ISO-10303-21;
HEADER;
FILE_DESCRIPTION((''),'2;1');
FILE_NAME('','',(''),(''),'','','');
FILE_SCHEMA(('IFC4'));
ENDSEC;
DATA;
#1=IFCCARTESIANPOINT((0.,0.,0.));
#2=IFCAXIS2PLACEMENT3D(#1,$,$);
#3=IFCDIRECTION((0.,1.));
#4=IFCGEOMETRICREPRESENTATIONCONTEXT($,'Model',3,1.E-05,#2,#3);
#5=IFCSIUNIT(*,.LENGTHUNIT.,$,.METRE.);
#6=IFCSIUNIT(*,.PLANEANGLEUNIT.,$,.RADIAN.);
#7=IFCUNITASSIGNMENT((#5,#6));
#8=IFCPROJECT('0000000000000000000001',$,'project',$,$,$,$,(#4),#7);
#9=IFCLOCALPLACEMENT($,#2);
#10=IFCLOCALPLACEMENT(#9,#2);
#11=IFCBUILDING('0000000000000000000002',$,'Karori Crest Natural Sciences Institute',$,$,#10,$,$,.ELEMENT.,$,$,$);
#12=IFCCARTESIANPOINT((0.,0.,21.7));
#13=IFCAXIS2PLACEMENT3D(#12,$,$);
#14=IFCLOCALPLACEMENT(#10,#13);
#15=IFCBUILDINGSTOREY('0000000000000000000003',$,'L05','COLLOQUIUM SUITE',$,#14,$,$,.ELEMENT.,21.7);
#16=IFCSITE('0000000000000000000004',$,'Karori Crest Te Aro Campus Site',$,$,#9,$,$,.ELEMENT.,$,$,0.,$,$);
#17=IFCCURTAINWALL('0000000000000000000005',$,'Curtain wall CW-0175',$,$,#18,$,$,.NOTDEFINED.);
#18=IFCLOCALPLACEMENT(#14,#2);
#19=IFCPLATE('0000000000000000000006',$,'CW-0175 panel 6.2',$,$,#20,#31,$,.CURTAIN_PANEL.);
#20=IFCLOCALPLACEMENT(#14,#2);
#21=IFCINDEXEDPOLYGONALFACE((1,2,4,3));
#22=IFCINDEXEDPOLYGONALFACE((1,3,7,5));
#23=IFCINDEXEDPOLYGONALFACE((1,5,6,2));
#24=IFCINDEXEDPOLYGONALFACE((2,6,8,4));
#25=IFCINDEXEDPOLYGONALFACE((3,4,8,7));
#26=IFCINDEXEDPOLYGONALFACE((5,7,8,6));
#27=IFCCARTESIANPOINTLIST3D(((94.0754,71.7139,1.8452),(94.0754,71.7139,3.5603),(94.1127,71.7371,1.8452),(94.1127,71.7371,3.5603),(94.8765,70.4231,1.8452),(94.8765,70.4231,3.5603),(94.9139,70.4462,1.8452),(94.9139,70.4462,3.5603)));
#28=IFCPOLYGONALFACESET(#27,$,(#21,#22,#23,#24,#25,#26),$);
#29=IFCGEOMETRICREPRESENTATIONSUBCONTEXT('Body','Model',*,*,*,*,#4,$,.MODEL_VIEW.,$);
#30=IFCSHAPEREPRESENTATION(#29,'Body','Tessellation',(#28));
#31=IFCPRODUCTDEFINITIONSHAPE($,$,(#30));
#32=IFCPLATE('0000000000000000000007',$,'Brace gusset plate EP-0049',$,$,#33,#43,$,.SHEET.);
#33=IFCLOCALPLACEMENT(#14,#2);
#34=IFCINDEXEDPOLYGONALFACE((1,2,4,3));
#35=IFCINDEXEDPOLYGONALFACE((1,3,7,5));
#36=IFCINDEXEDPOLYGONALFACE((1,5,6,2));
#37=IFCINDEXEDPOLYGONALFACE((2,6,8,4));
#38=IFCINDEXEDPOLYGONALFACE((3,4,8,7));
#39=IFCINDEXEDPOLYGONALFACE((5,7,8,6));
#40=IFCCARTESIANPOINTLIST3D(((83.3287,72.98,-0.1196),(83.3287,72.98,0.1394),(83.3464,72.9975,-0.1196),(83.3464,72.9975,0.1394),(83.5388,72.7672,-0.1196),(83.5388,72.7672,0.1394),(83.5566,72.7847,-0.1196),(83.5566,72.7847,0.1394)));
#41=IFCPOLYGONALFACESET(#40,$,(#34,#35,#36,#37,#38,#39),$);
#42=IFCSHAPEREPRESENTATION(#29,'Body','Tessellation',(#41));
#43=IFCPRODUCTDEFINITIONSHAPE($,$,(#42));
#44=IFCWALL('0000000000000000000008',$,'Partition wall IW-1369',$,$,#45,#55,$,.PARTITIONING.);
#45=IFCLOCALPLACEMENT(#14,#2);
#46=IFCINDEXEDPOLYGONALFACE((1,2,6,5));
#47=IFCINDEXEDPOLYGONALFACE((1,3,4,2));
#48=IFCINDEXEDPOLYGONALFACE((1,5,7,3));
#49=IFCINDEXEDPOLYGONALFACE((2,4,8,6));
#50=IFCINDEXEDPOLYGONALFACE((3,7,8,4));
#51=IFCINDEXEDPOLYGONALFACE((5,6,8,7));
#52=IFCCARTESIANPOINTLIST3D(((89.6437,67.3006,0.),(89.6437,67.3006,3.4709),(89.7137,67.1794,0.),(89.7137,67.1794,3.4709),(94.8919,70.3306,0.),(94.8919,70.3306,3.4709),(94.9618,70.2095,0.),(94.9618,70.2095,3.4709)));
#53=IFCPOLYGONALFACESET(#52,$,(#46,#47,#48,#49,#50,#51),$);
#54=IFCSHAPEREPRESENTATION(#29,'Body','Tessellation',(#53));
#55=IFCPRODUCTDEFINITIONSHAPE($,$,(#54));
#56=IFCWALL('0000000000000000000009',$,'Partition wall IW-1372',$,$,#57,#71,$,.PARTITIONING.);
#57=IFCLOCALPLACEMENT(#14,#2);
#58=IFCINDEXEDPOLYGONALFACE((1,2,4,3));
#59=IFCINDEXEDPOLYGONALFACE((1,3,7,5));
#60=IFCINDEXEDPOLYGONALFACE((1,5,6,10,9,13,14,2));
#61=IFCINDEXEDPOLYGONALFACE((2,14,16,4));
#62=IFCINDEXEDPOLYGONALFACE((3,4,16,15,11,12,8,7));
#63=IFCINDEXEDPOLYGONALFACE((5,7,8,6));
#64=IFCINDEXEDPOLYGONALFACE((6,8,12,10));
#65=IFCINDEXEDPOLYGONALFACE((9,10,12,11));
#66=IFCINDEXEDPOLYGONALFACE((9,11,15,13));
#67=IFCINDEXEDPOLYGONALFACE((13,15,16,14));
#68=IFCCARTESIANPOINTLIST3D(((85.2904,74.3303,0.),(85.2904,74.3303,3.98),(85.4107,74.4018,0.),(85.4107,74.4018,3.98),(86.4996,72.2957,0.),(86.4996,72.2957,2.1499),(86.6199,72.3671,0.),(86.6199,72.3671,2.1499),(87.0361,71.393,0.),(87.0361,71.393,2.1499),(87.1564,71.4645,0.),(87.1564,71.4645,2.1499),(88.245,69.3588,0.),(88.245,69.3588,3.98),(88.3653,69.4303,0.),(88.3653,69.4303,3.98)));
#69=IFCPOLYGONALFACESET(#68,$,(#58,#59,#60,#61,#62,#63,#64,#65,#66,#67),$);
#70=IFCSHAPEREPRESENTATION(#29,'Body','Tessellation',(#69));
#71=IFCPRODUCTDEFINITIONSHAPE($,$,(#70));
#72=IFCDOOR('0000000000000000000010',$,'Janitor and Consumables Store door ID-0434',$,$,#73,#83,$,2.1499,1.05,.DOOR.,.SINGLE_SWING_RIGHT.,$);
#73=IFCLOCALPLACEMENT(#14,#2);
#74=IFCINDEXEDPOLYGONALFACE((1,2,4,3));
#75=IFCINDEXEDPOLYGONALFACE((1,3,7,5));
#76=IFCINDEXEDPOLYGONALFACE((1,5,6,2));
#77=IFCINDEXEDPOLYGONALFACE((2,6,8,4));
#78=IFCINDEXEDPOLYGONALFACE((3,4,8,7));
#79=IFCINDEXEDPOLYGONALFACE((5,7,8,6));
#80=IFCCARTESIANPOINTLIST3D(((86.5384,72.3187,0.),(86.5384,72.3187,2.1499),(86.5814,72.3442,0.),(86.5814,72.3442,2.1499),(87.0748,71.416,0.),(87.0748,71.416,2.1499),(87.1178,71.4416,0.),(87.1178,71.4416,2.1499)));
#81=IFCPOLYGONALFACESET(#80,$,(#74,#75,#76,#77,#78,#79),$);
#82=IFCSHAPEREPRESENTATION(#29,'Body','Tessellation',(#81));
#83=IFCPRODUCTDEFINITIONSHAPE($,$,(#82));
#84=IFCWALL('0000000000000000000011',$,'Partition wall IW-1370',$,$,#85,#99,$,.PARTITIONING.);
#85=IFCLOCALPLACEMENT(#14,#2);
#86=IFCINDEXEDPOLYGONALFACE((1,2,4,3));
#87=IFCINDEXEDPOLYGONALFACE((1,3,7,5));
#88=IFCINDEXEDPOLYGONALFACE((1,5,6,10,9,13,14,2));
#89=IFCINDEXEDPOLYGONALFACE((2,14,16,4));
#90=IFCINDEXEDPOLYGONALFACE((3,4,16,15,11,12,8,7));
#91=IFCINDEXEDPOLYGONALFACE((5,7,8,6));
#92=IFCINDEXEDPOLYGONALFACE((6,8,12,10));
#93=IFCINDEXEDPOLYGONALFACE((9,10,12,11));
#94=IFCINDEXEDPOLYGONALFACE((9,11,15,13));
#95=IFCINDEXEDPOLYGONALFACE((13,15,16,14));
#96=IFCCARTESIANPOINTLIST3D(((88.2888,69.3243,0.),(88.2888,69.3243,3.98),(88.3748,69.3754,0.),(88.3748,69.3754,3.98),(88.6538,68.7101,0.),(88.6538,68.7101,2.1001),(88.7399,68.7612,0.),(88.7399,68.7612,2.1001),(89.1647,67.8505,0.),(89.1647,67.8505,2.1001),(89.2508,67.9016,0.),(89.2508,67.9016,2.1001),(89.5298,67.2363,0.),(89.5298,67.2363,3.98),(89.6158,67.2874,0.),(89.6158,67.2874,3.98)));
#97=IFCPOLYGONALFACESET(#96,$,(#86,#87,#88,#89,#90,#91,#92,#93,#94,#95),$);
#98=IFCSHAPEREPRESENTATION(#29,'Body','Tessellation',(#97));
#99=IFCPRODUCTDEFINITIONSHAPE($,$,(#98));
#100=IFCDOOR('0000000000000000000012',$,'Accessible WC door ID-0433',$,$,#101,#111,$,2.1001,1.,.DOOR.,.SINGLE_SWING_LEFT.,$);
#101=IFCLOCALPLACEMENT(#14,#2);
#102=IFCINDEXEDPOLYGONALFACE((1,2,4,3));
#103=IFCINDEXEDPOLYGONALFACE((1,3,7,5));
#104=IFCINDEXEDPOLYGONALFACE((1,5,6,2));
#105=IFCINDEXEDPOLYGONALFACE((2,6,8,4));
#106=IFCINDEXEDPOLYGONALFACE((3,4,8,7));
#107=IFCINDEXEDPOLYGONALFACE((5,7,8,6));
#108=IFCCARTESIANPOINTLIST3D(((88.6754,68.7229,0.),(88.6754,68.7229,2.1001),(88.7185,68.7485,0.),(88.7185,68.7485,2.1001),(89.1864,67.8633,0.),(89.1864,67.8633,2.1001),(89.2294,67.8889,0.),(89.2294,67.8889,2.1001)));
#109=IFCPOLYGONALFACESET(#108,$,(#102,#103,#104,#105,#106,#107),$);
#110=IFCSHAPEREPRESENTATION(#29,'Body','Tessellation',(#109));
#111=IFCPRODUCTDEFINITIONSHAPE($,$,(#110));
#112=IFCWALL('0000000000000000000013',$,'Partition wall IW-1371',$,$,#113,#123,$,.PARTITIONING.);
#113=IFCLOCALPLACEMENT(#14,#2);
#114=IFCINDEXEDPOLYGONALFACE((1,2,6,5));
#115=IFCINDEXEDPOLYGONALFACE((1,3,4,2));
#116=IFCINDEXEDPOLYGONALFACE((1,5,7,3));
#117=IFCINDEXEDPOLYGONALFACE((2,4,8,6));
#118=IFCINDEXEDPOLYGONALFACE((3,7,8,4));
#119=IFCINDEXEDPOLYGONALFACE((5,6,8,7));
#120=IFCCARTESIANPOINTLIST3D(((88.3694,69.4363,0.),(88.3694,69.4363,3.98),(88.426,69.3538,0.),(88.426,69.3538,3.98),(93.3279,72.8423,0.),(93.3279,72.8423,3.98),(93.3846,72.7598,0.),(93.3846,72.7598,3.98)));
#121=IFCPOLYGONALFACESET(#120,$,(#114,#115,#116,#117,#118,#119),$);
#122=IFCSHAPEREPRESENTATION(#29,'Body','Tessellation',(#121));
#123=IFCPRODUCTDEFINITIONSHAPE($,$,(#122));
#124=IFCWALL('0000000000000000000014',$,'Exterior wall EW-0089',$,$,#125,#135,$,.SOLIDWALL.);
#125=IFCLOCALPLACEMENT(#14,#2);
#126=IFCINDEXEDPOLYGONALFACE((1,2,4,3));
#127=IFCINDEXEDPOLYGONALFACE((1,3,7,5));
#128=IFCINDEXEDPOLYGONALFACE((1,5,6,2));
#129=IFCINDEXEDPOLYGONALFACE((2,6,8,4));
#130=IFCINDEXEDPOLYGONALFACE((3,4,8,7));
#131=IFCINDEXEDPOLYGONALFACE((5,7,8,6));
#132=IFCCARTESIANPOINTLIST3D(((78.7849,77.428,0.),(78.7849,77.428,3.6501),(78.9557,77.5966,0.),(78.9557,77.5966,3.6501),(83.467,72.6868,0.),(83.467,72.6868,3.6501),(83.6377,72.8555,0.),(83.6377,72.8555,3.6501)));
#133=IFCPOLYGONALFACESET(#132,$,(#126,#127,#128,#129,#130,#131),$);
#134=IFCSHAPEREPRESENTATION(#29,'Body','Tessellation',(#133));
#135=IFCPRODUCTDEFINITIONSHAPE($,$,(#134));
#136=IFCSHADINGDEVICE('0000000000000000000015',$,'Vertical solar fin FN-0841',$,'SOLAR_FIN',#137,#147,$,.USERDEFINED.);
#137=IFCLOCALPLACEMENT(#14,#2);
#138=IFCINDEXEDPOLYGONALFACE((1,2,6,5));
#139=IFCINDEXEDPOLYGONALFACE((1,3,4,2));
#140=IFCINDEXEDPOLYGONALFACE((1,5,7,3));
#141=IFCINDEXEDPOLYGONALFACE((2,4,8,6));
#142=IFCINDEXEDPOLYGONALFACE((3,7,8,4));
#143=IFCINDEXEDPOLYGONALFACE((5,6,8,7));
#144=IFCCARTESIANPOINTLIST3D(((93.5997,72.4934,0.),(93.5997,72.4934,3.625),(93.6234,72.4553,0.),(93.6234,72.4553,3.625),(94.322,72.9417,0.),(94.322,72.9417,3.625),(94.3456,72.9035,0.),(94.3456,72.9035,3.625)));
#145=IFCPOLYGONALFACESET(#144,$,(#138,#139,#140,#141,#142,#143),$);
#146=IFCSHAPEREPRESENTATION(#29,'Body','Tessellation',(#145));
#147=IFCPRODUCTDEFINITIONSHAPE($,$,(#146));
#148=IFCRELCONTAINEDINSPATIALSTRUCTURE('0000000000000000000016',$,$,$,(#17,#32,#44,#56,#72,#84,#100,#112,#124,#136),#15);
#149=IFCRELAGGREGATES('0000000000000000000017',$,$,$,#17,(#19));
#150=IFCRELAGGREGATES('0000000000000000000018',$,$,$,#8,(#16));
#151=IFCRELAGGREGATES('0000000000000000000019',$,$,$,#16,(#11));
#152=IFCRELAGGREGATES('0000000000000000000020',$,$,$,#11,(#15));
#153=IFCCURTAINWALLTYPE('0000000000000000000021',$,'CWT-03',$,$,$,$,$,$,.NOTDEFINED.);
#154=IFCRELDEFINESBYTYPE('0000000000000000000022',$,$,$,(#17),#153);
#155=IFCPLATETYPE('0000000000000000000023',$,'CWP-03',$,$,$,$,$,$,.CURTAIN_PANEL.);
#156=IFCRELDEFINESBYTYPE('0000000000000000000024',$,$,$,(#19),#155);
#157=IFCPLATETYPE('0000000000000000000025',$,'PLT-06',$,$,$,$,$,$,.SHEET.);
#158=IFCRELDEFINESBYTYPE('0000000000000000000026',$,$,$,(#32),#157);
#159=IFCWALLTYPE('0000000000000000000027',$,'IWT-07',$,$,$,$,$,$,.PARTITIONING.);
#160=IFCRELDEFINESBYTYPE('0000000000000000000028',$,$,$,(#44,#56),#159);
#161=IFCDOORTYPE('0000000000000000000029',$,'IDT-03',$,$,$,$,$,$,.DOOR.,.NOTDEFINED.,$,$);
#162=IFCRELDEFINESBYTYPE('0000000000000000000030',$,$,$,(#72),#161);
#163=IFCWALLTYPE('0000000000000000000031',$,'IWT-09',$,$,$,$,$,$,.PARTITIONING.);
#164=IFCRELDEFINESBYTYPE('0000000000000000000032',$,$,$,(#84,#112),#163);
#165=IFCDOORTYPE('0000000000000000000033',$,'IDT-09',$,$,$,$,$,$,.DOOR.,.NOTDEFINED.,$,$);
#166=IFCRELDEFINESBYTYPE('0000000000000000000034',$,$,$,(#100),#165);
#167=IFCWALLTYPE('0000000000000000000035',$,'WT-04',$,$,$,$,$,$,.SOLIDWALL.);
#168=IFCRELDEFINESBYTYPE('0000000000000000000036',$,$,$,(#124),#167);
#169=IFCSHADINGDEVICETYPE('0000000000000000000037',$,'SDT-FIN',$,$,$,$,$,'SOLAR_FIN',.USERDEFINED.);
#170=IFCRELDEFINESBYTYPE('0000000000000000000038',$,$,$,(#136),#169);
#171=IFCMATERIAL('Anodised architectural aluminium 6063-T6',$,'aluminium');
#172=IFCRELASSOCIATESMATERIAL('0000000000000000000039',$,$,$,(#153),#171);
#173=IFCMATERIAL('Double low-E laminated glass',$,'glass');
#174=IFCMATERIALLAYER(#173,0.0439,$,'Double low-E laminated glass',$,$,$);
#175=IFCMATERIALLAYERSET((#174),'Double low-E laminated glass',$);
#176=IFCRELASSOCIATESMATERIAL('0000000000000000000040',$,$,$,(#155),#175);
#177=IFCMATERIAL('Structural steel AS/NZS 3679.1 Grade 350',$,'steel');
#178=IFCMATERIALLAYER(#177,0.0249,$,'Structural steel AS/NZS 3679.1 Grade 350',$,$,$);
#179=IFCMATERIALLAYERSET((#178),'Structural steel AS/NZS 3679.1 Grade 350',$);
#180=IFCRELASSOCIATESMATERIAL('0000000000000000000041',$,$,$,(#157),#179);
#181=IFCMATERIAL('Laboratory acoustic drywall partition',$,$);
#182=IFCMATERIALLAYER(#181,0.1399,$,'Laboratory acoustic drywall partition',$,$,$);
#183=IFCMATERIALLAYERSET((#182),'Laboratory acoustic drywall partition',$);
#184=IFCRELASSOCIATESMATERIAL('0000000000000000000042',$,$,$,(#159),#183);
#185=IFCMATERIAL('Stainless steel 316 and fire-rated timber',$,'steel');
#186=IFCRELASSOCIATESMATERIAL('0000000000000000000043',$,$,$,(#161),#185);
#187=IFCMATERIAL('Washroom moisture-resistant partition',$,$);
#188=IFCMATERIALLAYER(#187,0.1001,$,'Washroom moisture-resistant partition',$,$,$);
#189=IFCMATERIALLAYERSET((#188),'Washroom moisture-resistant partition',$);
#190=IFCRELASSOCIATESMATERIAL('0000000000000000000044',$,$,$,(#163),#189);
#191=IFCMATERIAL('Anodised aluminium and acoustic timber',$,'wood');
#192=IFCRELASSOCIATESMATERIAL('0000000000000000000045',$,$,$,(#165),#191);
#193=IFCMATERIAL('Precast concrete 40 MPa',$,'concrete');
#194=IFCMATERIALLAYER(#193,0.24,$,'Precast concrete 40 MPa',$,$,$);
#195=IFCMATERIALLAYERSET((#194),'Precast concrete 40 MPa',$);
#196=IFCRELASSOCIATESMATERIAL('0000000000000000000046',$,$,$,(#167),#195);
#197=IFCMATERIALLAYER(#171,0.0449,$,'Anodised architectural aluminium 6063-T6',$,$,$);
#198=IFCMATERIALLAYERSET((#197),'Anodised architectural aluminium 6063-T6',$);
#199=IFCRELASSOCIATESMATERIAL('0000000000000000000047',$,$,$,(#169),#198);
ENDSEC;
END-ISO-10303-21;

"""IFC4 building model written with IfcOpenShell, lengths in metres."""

from ifc_helpers import new_model, si_unit, direction, frame, frame_2d, origin, origin_2d, place, context, subcontext, project, spatial, rectangle, extrude, material, layer, layer_set, type_object, element, fill, aggregate, save


model = new_model("IFC4")

# Units and contexts
model_context = context("Model", 3, precision=1e-05, world=origin(), true_north=direction((0.0, 1.0)))
body_context = subcontext(model_context, "Body", "Model", "MODEL_VIEW")
ifc_project = project(units=[si_unit("LENGTHUNIT", "METRE"), si_unit("PLANEANGLEUNIT", "RADIAN")], contexts=[model_context])

# Site, building, storey
site_placement = place(None, origin())
site = spatial("IfcSite", under=ifc_project, at=site_placement, Name="Karori Crest Te Aro Campus Site", CompositionType="ELEMENT", RefElevation=0.0)
building_placement = place(site_placement, origin())
building = spatial("IfcBuilding", under=site, at=building_placement, Name="Karori Crest Natural Sciences Institute", CompositionType="ELEMENT")
storey_placement = place(building_placement, frame((0.0, 0.0, 21.7)))
storey = spatial("IfcBuildingStorey", under=building, at=storey_placement, Name="L05", Description="COLLOQUIUM SUITE", CompositionType="ELEMENT", Elevation=21.7)

# Shared definitions
ifc_material_1 = material(Name="Structural steel AS/NZS 3679.1 Grade 350", Category="steel")

# Curtain wall
ifc_material_2 = material(Name="Anodised architectural aluminium 6063-T6", Category="aluminium")
curtain_wall_type_1 = type_object("IfcCurtainWallType", Name="CWT-03", PredefinedType="NOTDEFINED", material=ifc_material_2)
curtain_wall_1_placement = place(storey_placement, origin())
curtain_wall_1 = element("IfcCurtainWall", 1, at=curtain_wall_1_placement, inside=storey, type_object=curtain_wall_type_1, Name="Curtain wall CW-0175", PredefinedType="NOTDEFINED")

# Plates
ifc_material_3 = material(Name="Double low-E laminated glass", Category="glass")
ifc_layer_1 = layer(ifc_material_3, 0.0439, Name="Double low-E laminated glass")
ifc_layer_set_1 = layer_set([ifc_layer_1], Name="Double low-E laminated glass")
plate_type_1 = type_object("IfcPlateType", Name="CWP-03", PredefinedType="CURTAIN_PANEL", material=ifc_layer_set_1)
plate_1_placement = place(storey_placement, frame((94.4946, 71.0801, 1.8452), z_axis=(0.0, 0.0, 1.0), x_axis=(0.527328, -0.849662, 0.0)))
plate_1 = element("IfcPlate", 2, at=plate_1_placement, type_object=plate_type_1, Name="CW-0175 panel 6.2", PredefinedType="CURTAIN_PANEL", context=body_context, shape_type="SweptSolid", body=[
    extrude(rectangle(XDim=1.5193, YDim=0.0439, at=origin_2d()), origin(), (0.0, 0.0, 1.0), 1.7151),
])
aggregate(curtain_wall_1, [plate_1])
ifc_layer_2 = layer(ifc_material_1, 0.0249, Name="Structural steel AS/NZS 3679.1 Grade 350")
ifc_layer_set_2 = layer_set([ifc_layer_2], Name="Structural steel AS/NZS 3679.1 Grade 350")
plate_type_2 = type_object("IfcPlateType", Name="PLT-06", PredefinedType="SHEET", material=ifc_layer_set_2)
plate_2_placement = place(storey_placement, frame((83.4426, 72.8823, -0.1196), z_axis=(0.0, 0.0, 1.0), x_axis=(-0.702664, 0.711522, 0.0)))
element("IfcPlate", 3, at=plate_2_placement, inside=storey, type_object=plate_type_2, Name="Brace gusset plate EP-0049", PredefinedType="SHEET", context=body_context, shape_type="SweptSolid", body=[
    extrude(rectangle(XDim=0.2991, YDim=0.0249, at=origin_2d()), origin(), (0.0, 0.0, 1.0), 0.259),
])

# Wall
ifc_material_4 = material(Name="Laboratory acoustic drywall partition")
ifc_layer_3 = layer(ifc_material_4, 0.1399, Name="Laboratory acoustic drywall partition")
ifc_layer_set_3 = layer_set([ifc_layer_3], Name="Laboratory acoustic drywall partition")
wall_type_1 = type_object("IfcWallType", Name="IWT-07", PredefinedType="PARTITIONING", material=ifc_layer_set_3)
wall_1_placement = place(storey_placement, frame((89.6787, 67.24, 0.0), z_axis=(0.0, 0.0, 1.0), x_axis=(0.866021, 0.500008, 0.0)))
element("IfcWall", 4, at=wall_1_placement, inside=storey, type_object=wall_type_1, Name="Partition wall IW-1369", PredefinedType="PARTITIONING", context=body_context, shape_type="SweptSolid", body=[
    extrude(rectangle(XDim=6.0601, YDim=0.1399, at=frame_2d((3.03, 0.0))), origin(), (0.0, 0.0, 1.0), 3.4709),
])

# Walls, openings, doors
wall_2_placement = place(storey_placement, frame((88.3052, 69.3945, 0.0), z_axis=(0.0, 0.0, 1.0), x_axis=(-0.510897, 0.859642, 0.0)))
wall_2 = element("IfcWall", 5, at=wall_2_placement, inside=storey, type_object=wall_type_1, Name="Partition wall IW-1372", PredefinedType="PARTITIONING", context=body_context, shape_type="SweptSolid", body=[
    extrude(rectangle(XDim=5.7832, YDim=0.1399, at=frame_2d((2.8916, 0.0))), origin(), (0.0, 0.0, 1.0), 3.98),
])
opening_1_placement = place(wall_2_placement, frame((2.3665, 0.0, 0.0)))
opening_1 = element("IfcOpeningElement", 6, at=opening_1_placement, cuts=wall_2, PredefinedType="OPENING", context=body_context, shape_type="SweptSolid", body=[
    extrude(rectangle(XDim=1.05, YDim=2.1499, at=frame_2d((0.5249, 1.075))), frame((0.0, 0.0801, 0.0), z_axis=(0.0, -1.0, 0.0), x_axis=(1.0, 0.0, 0.0)), (0.0, 0.0, 1.0), 0.1599),
])
ifc_material_5 = material(Name="Stainless steel 316 and fire-rated timber", Category="steel")
door_type_1 = type_object("IfcDoorType", Name="IDT-03", OperationType="NOTDEFINED", PredefinedType="DOOR", material=ifc_material_5)
door_1_placement = place(opening_1_placement, origin())
door_1 = element("IfcDoor", 7, at=door_1_placement, inside=storey, type_object=door_type_1, Name="Janitor and Consumables Store door ID-0434", OperationType="SINGLE_SWING_RIGHT", OverallHeight=2.1499, OverallWidth=1.05, PredefinedType="DOOR", context=body_context, shape_type="SweptSolid", body=[
    extrude(rectangle(XDim=1.05, YDim=2.1499, at=frame_2d((0.5249, 1.075))), frame((0.0, 0.0249, 0.0), z_axis=(0.0, -1.0, 0.0), x_axis=(1.0, 0.0, 0.0)), (0.0, 0.0, 1.0), 0.05),
])
fill(opening_1, door_1)
ifc_material_6 = material(Name="Washroom moisture-resistant partition")
ifc_layer_4 = layer(ifc_material_6, 0.1001, Name="Washroom moisture-resistant partition")
ifc_layer_set_4 = layer_set([ifc_layer_4], Name="Washroom moisture-resistant partition")
wall_type_2 = type_object("IfcWallType", Name="IWT-09", PredefinedType="PARTITIONING", material=ifc_layer_set_4)
wall_3_placement = place(storey_placement, frame((89.5728, 67.262, 0.0), z_axis=(0.0, 0.0, 1.0), x_axis=(-0.510929, 0.859623, 0.0)))
wall_3 = element("IfcWall", 8, at=wall_3_placement, inside=storey, type_object=wall_type_2, Name="Partition wall IW-1370", PredefinedType="PARTITIONING", context=body_context, shape_type="SweptSolid", body=[
    extrude(rectangle(XDim=2.429, YDim=0.1001, at=frame_2d((1.2144, 0.0))), origin(), (0.0, 0.0, 1.0), 3.98),
])
opening_2_placement = place(wall_3_placement, frame((0.7144, 0.0, 0.0)))
opening_2 = element("IfcOpeningElement", 9, at=opening_2_placement, cuts=wall_3, PredefinedType="OPENING", context=body_context, shape_type="SweptSolid", body=[
    extrude(rectangle(XDim=1.0, YDim=2.1001, at=frame_2d((0.5, 1.05))), frame((0.0, 0.0601, 0.0), z_axis=(0.0, -1.0, 0.0), x_axis=(1.0, 0.0, 0.0)), (0.0, 0.0, 1.0), 0.1201),
])
ifc_material_7 = material(Name="Anodised aluminium and acoustic timber", Category="wood")
door_type_2 = type_object("IfcDoorType", Name="IDT-09", OperationType="NOTDEFINED", PredefinedType="DOOR", material=ifc_material_7)
door_2_placement = place(opening_2_placement, origin())
door_2 = element("IfcDoor", 10, at=door_2_placement, inside=storey, type_object=door_type_2, Name="Accessible WC door ID-0433", OperationType="SINGLE_SWING_LEFT", OverallHeight=2.1001, OverallWidth=1.0, PredefinedType="DOOR", context=body_context, shape_type="SweptSolid", body=[
    extrude(rectangle(XDim=1.0, YDim=2.1001, at=frame_2d((0.5, 1.05))), frame((0.0, 0.0249, 0.0), z_axis=(0.0, -1.0, 0.0), x_axis=(1.0, 0.0, 0.0)), (0.0, 0.0, 1.0), 0.05),
])
fill(opening_2, door_2)

# Walls
wall_4_placement = place(storey_placement, frame((88.3977, 69.395, 0.0), z_axis=(0.0, 0.0, 1.0), x_axis=(0.824272, 0.566195, 0.0)))
element("IfcWall", 11, at=wall_4_placement, inside=storey, type_object=wall_type_2, Name="Partition wall IW-1371", PredefinedType="PARTITIONING", context=body_context, shape_type="SweptSolid", body=[
    extrude(rectangle(XDim=6.0156, YDim=0.1001, at=frame_2d((3.0078, 0.0))), origin(), (0.0, 0.0, 1.0), 3.98),
])
ifc_material_8 = material(Name="Precast concrete 40 MPa", Category="concrete")
ifc_layer_5 = layer(ifc_material_8, 0.24, Name="Precast concrete 40 MPa")
ifc_layer_set_5 = layer_set([ifc_layer_5], Name="Precast concrete 40 MPa")
wall_type_3 = type_object("IfcWallType", Name="WT-04", PredefinedType="SOLIDWALL", material=ifc_layer_set_5)
wall_5_placement = place(storey_placement, frame((83.5522, 72.7712, 0.0), z_axis=(0.0, 0.0, 1.0), x_axis=(-0.70266, 0.711526, 0.0)))
element("IfcWall", 12, at=wall_5_placement, inside=storey, type_object=wall_type_3, Name="Exterior wall EW-0089", PredefinedType="SOLIDWALL", context=body_context, shape_type="SweptSolid", body=[
    extrude(rectangle(XDim=6.6633, YDim=0.24, at=frame_2d((3.3315, 0.0))), origin(), (0.0, 0.0, 1.0), 3.6501),
])

# Shading device
ifc_layer_6 = layer(ifc_material_2, 0.0449, Name="Anodised architectural aluminium 6063-T6")
ifc_layer_set_6 = layer_set([ifc_layer_6], Name="Anodised architectural aluminium 6063-T6")
shading_device_type = type_object("IfcShadingDeviceType", Name="SDT-FIN", ElementType="SOLAR_FIN", PredefinedType="USERDEFINED", material=ifc_layer_set_6)
shading_device_placement = place(storey_placement, frame((93.9727, 72.6985, 0.0), z_axis=(0.0, 0.0, 1.0), x_axis=(0.849662, 0.527328, 0.0)))
element("IfcShadingDevice", 13, at=shading_device_placement, inside=storey, type_object=shading_device_type, Name="Vertical solar fin FN-0841", ObjectType="SOLAR_FIN", PredefinedType="USERDEFINED", context=body_context, shape_type="SweptSolid", body=[
    extrude(rectangle(XDim=0.8501, YDim=0.0449, at=origin_2d()), origin(), (0.0, 0.0, 1.0), 3.625),
])

save(model, "model.ifc")
